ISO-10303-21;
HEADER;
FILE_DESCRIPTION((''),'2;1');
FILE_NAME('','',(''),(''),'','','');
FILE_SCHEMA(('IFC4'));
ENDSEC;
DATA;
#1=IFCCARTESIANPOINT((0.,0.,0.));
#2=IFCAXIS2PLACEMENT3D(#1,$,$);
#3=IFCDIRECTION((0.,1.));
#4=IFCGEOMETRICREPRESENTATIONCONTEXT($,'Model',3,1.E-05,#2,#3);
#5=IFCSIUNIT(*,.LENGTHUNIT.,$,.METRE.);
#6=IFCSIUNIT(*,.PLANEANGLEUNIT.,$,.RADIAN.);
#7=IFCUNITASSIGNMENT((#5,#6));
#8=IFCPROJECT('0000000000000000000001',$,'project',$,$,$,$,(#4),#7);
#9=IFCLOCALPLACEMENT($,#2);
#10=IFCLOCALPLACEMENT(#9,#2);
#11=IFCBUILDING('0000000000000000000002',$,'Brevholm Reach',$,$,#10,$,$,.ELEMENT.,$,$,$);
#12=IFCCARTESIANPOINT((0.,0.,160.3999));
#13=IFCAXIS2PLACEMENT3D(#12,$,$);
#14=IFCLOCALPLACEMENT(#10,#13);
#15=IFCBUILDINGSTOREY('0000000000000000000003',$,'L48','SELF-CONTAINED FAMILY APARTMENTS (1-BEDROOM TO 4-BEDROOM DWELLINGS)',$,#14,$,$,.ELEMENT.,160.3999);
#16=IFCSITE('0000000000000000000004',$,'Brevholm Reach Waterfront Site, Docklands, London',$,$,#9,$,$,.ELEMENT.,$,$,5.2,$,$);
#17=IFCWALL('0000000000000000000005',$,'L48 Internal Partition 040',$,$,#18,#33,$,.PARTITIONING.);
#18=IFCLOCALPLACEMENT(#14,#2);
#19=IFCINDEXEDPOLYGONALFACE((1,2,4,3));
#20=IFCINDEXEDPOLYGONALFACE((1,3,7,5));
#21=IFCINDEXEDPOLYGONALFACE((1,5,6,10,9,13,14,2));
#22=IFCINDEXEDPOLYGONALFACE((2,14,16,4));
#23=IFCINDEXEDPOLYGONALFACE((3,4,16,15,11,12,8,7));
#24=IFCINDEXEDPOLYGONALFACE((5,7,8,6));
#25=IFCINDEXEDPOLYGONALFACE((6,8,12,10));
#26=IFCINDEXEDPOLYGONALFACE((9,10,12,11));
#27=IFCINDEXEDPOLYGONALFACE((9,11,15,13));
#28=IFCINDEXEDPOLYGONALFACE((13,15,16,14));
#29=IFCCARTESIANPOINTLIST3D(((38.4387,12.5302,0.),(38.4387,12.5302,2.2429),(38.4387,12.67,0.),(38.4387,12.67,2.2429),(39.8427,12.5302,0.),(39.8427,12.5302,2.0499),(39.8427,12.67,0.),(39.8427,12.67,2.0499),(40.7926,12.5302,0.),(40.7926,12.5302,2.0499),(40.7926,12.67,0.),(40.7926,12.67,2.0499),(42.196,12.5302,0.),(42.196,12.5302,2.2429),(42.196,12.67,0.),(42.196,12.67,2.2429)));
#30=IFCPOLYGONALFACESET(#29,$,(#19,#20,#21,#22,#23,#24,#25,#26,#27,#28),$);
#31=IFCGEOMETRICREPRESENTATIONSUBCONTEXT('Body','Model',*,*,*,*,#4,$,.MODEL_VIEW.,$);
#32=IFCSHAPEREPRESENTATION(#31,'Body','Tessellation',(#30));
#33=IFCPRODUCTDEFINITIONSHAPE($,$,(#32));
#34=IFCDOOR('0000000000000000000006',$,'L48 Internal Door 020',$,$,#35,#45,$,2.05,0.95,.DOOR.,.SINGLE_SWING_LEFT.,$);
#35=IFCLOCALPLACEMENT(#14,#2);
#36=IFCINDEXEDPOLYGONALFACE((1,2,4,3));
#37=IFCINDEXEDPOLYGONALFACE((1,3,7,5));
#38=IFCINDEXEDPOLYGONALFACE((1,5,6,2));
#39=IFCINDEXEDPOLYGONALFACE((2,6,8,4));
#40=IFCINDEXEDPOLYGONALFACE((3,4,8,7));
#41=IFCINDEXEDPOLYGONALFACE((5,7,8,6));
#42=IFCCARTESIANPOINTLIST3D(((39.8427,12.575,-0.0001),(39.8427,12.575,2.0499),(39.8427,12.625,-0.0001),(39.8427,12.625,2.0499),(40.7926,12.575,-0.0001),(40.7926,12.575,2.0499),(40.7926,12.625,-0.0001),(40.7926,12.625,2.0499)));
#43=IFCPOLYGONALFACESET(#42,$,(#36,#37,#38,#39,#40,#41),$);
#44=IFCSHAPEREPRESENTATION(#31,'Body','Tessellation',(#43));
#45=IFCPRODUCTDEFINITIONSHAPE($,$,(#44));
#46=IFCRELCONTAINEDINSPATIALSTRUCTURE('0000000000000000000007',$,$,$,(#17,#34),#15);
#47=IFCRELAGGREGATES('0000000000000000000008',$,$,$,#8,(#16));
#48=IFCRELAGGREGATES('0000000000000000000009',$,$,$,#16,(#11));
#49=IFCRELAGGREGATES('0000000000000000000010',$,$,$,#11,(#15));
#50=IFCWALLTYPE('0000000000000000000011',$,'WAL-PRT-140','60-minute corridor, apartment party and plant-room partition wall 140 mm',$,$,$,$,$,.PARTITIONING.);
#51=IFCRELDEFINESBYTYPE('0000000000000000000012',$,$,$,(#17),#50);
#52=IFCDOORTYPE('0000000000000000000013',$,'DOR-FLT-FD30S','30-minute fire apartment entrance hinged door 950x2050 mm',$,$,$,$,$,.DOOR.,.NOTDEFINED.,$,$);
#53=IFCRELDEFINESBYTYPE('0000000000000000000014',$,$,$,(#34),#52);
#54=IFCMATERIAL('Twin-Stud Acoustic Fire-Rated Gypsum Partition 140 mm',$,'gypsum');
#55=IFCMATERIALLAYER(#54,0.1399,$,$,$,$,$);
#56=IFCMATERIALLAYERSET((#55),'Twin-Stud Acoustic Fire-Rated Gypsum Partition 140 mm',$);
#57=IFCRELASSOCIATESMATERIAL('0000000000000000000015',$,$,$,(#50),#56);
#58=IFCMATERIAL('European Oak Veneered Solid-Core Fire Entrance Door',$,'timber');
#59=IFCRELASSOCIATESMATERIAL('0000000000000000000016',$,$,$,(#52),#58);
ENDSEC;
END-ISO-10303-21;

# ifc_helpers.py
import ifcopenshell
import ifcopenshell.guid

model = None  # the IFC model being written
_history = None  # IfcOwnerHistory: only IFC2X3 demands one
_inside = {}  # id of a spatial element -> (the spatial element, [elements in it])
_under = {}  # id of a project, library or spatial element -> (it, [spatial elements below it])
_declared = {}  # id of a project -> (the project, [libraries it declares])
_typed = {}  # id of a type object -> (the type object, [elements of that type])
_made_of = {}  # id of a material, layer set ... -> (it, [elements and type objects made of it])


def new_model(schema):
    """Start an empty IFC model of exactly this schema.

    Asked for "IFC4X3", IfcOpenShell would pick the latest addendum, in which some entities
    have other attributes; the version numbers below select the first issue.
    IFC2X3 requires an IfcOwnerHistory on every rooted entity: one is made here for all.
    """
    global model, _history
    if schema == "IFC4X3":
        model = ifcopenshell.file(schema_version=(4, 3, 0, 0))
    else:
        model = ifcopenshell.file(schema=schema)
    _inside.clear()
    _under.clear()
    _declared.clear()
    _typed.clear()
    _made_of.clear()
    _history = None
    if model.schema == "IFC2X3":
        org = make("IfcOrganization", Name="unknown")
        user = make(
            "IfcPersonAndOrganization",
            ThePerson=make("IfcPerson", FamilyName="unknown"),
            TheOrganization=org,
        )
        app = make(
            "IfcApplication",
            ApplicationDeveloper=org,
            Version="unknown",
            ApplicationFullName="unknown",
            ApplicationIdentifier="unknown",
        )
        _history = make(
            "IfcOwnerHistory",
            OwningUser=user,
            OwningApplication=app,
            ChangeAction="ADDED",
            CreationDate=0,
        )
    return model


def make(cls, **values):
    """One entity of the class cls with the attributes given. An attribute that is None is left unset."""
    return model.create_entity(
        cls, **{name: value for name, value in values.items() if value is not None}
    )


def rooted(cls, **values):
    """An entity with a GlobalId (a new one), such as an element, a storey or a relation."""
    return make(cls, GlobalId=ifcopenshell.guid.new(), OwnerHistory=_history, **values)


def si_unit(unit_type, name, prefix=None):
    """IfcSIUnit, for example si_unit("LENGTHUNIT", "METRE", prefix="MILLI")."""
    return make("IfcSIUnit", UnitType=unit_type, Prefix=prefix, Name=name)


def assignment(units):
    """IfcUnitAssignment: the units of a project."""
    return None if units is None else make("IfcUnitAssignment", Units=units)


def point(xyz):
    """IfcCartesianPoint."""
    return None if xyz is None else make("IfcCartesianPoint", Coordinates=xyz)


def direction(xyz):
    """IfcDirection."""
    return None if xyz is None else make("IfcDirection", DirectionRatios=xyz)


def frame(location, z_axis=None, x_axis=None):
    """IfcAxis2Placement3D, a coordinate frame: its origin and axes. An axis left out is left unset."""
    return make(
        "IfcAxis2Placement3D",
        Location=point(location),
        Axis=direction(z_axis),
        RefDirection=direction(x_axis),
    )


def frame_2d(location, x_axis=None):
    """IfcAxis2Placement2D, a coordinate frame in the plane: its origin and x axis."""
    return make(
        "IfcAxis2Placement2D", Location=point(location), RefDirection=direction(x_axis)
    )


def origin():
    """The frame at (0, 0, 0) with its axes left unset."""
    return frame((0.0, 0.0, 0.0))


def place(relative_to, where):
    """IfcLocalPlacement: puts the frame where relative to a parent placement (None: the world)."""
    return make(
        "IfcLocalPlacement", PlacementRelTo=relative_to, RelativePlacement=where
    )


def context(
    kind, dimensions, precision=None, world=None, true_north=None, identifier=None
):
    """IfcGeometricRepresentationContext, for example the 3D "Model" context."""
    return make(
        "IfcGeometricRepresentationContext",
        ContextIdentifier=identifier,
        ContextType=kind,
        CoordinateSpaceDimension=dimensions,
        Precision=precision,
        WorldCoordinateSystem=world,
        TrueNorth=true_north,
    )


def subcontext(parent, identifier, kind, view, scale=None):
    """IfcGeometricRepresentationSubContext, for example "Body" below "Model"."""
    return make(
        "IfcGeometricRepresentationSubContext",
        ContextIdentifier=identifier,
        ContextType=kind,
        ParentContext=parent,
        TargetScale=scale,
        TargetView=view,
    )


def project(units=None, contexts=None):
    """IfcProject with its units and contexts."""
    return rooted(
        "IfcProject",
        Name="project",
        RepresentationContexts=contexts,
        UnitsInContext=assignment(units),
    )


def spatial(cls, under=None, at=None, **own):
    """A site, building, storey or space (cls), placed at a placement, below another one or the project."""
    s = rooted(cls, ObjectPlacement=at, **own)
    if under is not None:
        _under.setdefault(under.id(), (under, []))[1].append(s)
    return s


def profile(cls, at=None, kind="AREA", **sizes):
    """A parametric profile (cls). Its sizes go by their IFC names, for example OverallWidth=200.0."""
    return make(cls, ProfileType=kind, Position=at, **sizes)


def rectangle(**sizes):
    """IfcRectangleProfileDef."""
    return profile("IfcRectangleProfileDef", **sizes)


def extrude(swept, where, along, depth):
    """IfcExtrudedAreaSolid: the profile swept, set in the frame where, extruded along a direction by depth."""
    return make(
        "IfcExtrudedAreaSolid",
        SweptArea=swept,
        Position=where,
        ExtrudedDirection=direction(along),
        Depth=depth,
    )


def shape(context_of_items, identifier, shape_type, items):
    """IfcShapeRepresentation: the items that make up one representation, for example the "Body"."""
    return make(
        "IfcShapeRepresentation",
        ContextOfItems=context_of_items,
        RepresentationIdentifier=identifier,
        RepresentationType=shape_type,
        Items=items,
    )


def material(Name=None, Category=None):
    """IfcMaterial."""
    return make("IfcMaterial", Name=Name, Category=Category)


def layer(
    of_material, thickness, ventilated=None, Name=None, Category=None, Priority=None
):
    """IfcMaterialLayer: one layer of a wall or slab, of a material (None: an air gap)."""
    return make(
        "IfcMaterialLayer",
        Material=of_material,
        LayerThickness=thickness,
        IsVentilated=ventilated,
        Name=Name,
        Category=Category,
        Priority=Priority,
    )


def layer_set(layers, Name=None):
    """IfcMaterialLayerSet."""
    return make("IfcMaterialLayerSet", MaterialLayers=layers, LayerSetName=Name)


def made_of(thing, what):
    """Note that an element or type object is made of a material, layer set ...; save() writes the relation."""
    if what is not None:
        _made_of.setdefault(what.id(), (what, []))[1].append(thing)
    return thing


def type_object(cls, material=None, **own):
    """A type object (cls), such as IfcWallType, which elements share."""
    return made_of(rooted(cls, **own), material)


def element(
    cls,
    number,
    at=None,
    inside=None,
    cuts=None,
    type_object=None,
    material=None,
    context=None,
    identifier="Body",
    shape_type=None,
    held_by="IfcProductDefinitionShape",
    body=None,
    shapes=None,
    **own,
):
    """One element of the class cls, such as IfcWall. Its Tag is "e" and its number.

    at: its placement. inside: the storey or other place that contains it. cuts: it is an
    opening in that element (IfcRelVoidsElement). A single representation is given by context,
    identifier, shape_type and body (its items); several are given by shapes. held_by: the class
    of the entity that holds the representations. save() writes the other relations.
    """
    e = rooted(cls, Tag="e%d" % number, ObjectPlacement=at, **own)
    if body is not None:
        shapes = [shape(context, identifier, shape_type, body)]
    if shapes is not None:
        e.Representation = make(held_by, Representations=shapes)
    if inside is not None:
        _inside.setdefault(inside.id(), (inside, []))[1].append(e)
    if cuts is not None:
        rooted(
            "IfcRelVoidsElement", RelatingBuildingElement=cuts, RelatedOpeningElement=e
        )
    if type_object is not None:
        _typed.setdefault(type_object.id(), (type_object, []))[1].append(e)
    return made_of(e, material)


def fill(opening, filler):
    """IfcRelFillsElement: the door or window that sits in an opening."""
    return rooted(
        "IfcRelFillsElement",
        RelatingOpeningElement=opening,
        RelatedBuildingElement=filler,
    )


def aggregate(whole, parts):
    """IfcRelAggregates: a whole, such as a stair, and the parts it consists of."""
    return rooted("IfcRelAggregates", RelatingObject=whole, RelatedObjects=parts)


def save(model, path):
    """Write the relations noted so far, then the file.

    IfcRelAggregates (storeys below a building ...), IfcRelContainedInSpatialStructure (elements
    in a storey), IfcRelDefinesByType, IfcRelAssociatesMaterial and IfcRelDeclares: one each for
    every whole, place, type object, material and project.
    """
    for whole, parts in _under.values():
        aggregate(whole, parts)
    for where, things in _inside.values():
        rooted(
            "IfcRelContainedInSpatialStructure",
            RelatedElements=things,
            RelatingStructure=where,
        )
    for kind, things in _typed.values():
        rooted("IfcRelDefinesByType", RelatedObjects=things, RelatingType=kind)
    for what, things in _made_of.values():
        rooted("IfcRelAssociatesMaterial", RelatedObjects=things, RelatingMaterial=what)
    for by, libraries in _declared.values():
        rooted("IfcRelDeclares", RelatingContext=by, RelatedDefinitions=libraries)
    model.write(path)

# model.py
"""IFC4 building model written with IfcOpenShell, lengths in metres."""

from ifc_helpers import new_model, si_unit, direction, frame, frame_2d, origin, place, context, subcontext, project, spatial, rectangle, extrude, material, layer, layer_set, type_object, element, fill, save


model = new_model("IFC4")

# Units and contexts
model_context = context("Model", 3, precision=1e-05, world=origin(), true_north=direction((0.0, 1.0)))
body_context = subcontext(model_context, "Body", "Model", "MODEL_VIEW")
ifc_project = project(units=[si_unit("LENGTHUNIT", "METRE"), si_unit("PLANEANGLEUNIT", "RADIAN")], contexts=[model_context])

# Site, building, storey
site_placement = place(None, origin())
site = spatial("IfcSite", under=ifc_project, at=site_placement, Name="Brevholm Reach Waterfront Site, Docklands, London", CompositionType="ELEMENT", RefElevation=5.2)
building_placement = place(site_placement, origin())
building = spatial("IfcBuilding", under=site, at=building_placement, Name="Brevholm Reach", CompositionType="ELEMENT")
storey_placement = place(building_placement, frame((0.0, 0.0, 160.3999)))
storey = spatial("IfcBuildingStorey", under=building, at=storey_placement, Name="L48", Description="SELF-CONTAINED FAMILY APARTMENTS (1-BEDROOM TO 4-BEDROOM DWELLINGS)", CompositionType="ELEMENT", Elevation=160.3999)

# Wall, opening, door
ifc_material_1 = material(Name="Twin-Stud Acoustic Fire-Rated Gypsum Partition 140 mm", Category="gypsum")
ifc_layer_1 = layer(ifc_material_1, 0.1399)
ifc_layer_set_1 = layer_set([ifc_layer_1], Name="Twin-Stud Acoustic Fire-Rated Gypsum Partition 140 mm")
wall_type_1 = type_object("IfcWallType", Name="WAL-PRT-140", Description="60-minute corridor, apartment party and plant-room partition wall 140 mm", PredefinedType="PARTITIONING", material=ifc_layer_set_1)
wall_1_placement = place(storey_placement, frame((38.4387, 12.6001, 0.0), z_axis=(0.0, 0.0, 1.0), x_axis=(1.0, 0.0, 0.0)))
wall_1 = element("IfcWall", 1, at=wall_1_placement, inside=storey, type_object=wall_type_1, Name="L48 Internal Partition 040", PredefinedType="PARTITIONING", context=body_context, shape_type="SweptSolid", body=[
    extrude(rectangle(XDim=3.7573, YDim=0.1399, at=frame_2d((1.8787, 0.0))), origin(), (0.0, 0.0, 1.0), 2.2429),
])
opening_1_placement = place(wall_1_placement, frame((1.4038, 0.0, 0.0)))
opening_1 = element("IfcOpeningElement", 2, at=opening_1_placement, cuts=wall_1, PredefinedType="OPENING", context=body_context, shape_type="SweptSolid", body=[
    extrude(rectangle(XDim=0.95, YDim=2.05, at=frame_2d((0.4751, 1.0249))), frame((0.0, 0.0798, 0.0), z_axis=(0.0, -1.0, 0.0), x_axis=(1.0, 0.0, 0.0)), (0.0, 0.0, 1.0), 0.1599),
])
ifc_material_2 = material(Name="European Oak Veneered Solid-Core Fire Entrance Door", Category="timber")
door_type = type_object("IfcDoorType", Name="DOR-FLT-FD30S", Description="30-minute fire apartment entrance hinged door 950x2050 mm", OperationType="NOTDEFINED", PredefinedType="DOOR", material=ifc_material_2)
door_placement = place(opening_1_placement, origin())
door = element("IfcDoor", 3, at=door_placement, inside=storey, type_object=door_type, Name="L48 Internal Door 020", OperationType="SINGLE_SWING_LEFT", OverallHeight=2.05, OverallWidth=0.95, PredefinedType="DOOR", context=body_context, shape_type="SweptSolid", body=[
    extrude(rectangle(XDim=0.95, YDim=2.05, at=frame_2d((0.4751, 1.0249))), frame((0.0, 0.0249, 0.0), z_axis=(0.0, -1.0, 0.0), x_axis=(1.0, 0.0, 0.0)), (0.0, 0.0, 1.0), 0.05),
])
fill(opening_1, door)

save(model, "model.ifc")
